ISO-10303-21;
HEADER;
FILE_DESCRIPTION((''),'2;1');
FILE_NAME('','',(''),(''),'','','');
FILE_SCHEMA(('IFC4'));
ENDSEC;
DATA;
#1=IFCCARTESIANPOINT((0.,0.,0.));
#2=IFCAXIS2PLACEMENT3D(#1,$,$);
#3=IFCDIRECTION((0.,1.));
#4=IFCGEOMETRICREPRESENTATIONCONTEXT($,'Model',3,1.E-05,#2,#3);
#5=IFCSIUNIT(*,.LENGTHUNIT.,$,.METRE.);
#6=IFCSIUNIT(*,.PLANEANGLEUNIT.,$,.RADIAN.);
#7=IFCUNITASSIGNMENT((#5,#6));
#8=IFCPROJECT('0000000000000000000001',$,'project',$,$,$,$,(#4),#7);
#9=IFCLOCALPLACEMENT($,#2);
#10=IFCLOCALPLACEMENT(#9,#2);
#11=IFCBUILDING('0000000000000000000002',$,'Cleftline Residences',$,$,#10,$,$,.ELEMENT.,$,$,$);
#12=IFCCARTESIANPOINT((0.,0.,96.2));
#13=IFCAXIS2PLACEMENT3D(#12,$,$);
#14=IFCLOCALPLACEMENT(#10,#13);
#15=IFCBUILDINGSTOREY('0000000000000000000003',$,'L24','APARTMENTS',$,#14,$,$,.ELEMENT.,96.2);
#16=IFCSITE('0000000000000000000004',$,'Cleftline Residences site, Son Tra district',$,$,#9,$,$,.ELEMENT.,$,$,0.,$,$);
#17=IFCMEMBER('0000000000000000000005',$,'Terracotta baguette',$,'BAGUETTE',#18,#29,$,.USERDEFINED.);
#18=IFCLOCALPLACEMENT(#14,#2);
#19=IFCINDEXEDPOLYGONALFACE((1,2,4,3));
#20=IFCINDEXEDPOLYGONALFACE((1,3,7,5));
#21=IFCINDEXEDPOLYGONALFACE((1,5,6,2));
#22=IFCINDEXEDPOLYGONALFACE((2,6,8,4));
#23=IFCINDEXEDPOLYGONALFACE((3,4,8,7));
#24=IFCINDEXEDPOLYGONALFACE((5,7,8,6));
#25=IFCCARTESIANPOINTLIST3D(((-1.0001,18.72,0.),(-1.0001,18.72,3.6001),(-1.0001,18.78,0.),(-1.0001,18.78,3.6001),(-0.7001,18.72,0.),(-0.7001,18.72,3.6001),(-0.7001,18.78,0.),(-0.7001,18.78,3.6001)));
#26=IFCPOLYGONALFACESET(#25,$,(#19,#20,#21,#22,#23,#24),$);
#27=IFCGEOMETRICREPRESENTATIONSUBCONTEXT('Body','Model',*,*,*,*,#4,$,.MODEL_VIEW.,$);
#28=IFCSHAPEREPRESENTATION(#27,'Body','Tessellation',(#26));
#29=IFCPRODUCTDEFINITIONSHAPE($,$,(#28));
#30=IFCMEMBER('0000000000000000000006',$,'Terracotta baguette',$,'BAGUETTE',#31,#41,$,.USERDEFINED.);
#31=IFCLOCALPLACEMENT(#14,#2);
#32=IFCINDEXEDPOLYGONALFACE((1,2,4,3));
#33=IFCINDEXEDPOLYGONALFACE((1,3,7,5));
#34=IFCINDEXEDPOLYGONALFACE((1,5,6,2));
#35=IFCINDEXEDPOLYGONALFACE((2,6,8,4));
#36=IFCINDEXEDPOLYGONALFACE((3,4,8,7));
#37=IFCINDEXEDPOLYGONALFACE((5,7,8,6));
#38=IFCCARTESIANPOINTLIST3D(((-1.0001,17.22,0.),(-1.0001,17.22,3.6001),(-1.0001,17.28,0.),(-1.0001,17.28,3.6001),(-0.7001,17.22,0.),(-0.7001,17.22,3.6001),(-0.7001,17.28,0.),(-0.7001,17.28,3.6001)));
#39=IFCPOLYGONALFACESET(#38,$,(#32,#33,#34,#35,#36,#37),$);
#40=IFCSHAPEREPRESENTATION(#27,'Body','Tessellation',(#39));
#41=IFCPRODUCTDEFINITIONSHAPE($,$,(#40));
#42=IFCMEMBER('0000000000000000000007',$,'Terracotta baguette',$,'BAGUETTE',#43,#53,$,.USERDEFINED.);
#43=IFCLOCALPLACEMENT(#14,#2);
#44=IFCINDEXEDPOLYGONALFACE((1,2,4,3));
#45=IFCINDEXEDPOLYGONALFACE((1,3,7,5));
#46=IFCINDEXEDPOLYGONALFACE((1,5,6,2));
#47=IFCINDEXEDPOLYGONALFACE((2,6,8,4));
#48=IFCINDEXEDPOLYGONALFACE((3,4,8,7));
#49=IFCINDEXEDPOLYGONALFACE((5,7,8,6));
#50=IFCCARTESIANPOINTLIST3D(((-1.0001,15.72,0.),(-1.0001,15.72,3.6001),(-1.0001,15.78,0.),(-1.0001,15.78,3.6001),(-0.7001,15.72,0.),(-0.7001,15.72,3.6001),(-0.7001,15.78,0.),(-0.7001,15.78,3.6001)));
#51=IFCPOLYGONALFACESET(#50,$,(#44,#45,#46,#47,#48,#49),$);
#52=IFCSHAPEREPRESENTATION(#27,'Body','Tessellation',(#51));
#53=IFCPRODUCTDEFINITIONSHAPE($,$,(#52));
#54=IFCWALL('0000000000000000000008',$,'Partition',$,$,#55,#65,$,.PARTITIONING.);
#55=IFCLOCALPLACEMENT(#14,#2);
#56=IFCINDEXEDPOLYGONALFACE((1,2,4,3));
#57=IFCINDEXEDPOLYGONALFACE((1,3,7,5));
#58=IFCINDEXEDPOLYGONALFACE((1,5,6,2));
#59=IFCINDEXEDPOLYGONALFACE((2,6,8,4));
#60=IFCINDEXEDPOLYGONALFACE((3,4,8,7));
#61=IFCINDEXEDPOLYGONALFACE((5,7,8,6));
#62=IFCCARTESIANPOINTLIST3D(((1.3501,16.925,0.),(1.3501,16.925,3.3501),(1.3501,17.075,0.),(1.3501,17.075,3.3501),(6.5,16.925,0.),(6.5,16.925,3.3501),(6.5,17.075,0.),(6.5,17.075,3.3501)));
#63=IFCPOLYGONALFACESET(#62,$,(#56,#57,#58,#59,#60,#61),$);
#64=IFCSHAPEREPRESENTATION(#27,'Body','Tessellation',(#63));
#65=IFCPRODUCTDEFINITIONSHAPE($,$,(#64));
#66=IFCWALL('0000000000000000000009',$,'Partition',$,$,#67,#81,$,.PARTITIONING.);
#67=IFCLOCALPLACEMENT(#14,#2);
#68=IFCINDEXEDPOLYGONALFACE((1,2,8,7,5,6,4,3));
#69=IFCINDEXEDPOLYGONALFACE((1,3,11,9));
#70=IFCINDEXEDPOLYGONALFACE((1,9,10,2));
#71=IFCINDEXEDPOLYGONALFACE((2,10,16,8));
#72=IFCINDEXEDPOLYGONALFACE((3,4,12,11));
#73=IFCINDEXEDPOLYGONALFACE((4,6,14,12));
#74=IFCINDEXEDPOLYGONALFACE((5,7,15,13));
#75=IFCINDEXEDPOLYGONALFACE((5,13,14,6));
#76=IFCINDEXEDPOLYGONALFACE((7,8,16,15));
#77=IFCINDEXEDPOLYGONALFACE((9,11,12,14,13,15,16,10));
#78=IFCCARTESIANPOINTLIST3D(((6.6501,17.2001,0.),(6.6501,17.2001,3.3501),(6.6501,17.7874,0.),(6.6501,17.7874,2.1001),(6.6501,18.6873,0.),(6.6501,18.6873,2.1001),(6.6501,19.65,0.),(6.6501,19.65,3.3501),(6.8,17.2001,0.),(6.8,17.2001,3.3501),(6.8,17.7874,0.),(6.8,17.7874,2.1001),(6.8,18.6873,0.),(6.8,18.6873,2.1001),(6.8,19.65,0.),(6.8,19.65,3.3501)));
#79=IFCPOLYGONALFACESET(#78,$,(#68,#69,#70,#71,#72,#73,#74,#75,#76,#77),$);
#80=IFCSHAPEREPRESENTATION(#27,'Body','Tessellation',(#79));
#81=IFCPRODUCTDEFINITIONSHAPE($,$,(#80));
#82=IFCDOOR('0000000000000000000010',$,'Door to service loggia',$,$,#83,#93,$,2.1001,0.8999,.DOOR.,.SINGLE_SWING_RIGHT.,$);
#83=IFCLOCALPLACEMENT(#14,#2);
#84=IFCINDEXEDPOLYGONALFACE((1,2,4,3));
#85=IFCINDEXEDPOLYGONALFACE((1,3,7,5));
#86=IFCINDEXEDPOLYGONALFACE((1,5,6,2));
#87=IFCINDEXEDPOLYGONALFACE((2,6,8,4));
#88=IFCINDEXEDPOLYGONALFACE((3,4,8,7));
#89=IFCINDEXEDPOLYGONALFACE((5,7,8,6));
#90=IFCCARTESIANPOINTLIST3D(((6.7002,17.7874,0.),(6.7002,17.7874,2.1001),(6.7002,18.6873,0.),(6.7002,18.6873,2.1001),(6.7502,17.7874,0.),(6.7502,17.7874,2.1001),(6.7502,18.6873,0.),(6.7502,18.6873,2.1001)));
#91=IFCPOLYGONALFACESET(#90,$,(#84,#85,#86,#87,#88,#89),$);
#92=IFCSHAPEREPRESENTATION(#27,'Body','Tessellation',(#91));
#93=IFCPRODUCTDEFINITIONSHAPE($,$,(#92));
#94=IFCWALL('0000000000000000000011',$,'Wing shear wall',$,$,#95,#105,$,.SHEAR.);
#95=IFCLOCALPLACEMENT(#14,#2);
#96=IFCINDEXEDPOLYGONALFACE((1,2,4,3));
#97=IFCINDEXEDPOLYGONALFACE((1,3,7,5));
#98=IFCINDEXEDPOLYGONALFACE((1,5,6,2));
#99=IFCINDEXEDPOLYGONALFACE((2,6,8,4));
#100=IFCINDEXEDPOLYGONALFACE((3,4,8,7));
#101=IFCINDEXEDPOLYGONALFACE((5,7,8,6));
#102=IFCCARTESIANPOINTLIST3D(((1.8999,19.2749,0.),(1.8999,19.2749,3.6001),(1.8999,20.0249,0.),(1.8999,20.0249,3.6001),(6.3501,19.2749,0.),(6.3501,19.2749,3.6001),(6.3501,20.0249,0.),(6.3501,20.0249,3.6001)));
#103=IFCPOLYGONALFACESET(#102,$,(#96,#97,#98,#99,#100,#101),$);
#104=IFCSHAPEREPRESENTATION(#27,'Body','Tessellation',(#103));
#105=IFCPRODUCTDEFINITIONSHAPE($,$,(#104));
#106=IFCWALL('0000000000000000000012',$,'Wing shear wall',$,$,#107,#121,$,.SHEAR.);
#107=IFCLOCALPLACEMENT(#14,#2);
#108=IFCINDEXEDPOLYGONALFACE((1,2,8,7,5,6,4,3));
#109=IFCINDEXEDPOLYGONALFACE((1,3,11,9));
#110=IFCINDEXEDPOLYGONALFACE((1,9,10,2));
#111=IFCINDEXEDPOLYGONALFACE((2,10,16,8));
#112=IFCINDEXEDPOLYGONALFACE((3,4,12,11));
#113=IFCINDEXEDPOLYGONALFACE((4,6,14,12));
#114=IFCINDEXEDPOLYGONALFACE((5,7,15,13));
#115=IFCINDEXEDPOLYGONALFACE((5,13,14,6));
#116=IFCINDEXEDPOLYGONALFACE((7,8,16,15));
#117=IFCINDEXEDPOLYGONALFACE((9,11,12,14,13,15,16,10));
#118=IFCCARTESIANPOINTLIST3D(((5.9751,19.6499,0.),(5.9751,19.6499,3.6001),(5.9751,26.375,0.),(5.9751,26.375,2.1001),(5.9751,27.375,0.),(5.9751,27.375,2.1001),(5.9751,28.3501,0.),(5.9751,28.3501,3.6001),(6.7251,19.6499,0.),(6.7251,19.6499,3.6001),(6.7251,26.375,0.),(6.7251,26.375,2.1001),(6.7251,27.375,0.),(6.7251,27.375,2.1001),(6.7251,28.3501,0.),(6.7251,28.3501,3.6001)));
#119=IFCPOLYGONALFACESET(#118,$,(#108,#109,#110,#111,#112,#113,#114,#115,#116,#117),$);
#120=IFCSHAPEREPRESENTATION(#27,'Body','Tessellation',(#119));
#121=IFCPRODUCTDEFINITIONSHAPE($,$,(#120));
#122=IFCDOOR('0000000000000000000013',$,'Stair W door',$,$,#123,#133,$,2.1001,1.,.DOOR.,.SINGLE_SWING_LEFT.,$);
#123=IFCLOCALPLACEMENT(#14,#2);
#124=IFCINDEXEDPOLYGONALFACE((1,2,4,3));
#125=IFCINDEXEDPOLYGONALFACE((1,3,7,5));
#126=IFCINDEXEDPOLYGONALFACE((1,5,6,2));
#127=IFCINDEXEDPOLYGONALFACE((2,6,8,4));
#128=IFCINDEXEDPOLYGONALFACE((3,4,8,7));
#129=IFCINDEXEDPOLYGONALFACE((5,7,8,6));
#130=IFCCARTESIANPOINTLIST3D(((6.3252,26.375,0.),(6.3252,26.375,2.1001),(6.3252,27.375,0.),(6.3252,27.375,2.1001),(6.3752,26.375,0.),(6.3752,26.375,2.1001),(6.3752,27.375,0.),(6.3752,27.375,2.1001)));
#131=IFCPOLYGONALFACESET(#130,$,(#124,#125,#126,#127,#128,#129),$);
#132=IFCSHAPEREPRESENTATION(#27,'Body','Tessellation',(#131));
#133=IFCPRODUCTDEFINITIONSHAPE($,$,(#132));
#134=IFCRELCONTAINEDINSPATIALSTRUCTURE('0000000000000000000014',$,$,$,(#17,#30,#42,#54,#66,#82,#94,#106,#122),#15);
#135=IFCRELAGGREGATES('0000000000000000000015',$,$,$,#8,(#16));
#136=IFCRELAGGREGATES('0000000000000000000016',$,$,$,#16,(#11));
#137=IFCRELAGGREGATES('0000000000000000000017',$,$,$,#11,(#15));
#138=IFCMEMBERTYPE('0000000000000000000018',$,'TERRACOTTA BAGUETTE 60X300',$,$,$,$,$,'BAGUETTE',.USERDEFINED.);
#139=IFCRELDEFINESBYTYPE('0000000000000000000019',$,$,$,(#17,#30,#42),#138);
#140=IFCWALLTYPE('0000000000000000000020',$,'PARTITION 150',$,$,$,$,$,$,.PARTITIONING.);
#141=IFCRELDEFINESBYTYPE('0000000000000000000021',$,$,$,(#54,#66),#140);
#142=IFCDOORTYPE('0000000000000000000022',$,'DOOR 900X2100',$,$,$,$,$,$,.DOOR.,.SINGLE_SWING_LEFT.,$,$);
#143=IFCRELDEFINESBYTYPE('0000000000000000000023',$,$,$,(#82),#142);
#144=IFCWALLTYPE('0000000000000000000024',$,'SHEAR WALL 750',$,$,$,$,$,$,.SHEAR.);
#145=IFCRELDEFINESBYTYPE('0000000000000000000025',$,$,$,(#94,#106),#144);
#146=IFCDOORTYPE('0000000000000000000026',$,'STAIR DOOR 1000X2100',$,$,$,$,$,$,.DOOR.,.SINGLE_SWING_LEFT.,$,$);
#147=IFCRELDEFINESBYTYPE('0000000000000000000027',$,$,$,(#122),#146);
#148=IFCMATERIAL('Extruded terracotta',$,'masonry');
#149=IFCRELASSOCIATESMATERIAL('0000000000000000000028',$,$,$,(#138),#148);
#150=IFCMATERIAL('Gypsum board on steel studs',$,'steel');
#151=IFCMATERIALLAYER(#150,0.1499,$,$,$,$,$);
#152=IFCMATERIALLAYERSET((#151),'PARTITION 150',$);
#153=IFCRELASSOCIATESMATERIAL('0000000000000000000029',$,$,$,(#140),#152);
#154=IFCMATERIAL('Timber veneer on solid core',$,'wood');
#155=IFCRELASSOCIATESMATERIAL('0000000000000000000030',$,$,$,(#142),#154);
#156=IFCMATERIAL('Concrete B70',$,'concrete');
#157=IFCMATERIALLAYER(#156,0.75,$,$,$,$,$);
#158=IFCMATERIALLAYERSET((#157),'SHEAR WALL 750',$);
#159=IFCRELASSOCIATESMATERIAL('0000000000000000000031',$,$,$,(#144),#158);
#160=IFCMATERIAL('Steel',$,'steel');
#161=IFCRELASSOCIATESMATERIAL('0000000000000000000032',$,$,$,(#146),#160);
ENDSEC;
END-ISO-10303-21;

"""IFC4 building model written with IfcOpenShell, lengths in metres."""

from ifc_helpers import new_model, si_unit, direction, frame, frame_2d, origin, origin_2d, place, context, subcontext, project, spatial, rectangle, extrude, material, layer, layer_set, material_profile, profile_set, type_object, element, fill, save


model = new_model("IFC4")

# Units and contexts
model_context = context("Model", 3, precision=1e-05, world=origin(), true_north=direction((0.0, 1.0)))
body_context = subcontext(model_context, "Body", "Model", "MODEL_VIEW")
ifc_project = project(units=[si_unit("LENGTHUNIT", "METRE"), si_unit("PLANEANGLEUNIT", "RADIAN")], contexts=[model_context])

# Site, building, storey
site_placement = place(None, origin())
site = spatial("IfcSite", under=ifc_project, at=site_placement, Name="Cleftline Residences site, Son Tra district", CompositionType="ELEMENT", RefElevation=0.0)
building_placement = place(site_placement, origin())
building = spatial("IfcBuilding", under=site, at=building_placement, Name="Cleftline Residences", CompositionType="ELEMENT")
storey_placement = place(building_placement, frame((0.0, 0.0, 96.2)))
storey = spatial("IfcBuildingStorey", under=building, at=storey_placement, Name="L24", Description="APARTMENTS", CompositionType="ELEMENT", Elevation=96.2)

# Members
ifc_material_1 = material(Name="Extruded terracotta", Category="masonry")
ifc_material_profile_1 = material_profile(ifc_material_1, rectangle(XDim=0.0601, YDim=0.3, at=origin_2d()))
ifc_profile_set_1 = profile_set([ifc_material_profile_1], Name="Extruded terracotta")
member_type_1 = type_object("IfcMemberType", Name="TERRACOTTA BAGUETTE 60X300", ElementType="BAGUETTE", PredefinedType="USERDEFINED", material=ifc_profile_set_1)
for number, where, z_axis, x_axis, name in (
    (1, (-0.8501, 18.75, 0.0), (0.0, 0.0, 1.0), (0.0, 1.0, 0.0), "Terracotta baguette"),
    (2, (-0.8501, 17.25, 0.0), (0.0, 0.0, 1.0), (0.0, 1.0, 0.0), "Terracotta baguette"),
    (3, (-0.8501, 15.75, 0.0), (0.0, 0.0, 1.0), (0.0, 1.0, 0.0), "Terracotta baguette"),
):
    element("IfcMember", number, at=place(storey_placement, frame(where, z_axis=z_axis, x_axis=x_axis)), inside=storey, type_object=member_type_1, Name=name, ObjectType="BAGUETTE", PredefinedType="USERDEFINED", context=body_context, shape_type="SweptSolid", body=[
        extrude(rectangle(XDim=0.0601, YDim=0.3, at=origin_2d()), origin(), (0.0, 0.0, 1.0), 3.6001),
    ])

# Wall
ifc_material_2 = material(Name="Gypsum board on steel studs", Category="steel")
ifc_layer_1 = layer(ifc_material_2, 0.1499)
ifc_layer_set_1 = layer_set([ifc_layer_1], Name="PARTITION 150")
wall_type_1 = type_object("IfcWallType", Name="PARTITION 150", PredefinedType="PARTITIONING", material=ifc_layer_set_1)
wall_1_placement = place(storey_placement, frame((1.3501, 17.0, 0.0), z_axis=(0.0, 0.0, 1.0), x_axis=(1.0, 0.0, 0.0)))
element("IfcWall", 4, at=wall_1_placement, inside=storey, type_object=wall_type_1, Name="Partition", PredefinedType="PARTITIONING", context=body_context, shape_type="SweptSolid", body=[
    extrude(rectangle(XDim=5.1499, YDim=0.1499, at=frame_2d((2.575, 0.0))), origin(), (0.0, 0.0, 1.0), 3.3501),
])

# Wall, opening, door
wall_2_placement = place(storey_placement, frame((6.7251, 17.2, 0.0), z_axis=(0.0, 0.0, 1.0), x_axis=(0.0, 1.0, 0.0)))
wall_2 = element("IfcWall", 5, at=wall_2_placement, inside=storey, type_object=wall_type_1, Name="Partition", PredefinedType="PARTITIONING", context=body_context, shape_type="SweptSolid", body=[
    extrude(rectangle(XDim=2.45, YDim=0.1499, at=frame_2d((1.2251, 0.0))), origin(), (0.0, 0.0, 1.0), 3.3501),
])
opening_1_placement = place(wall_2_placement, frame((0.5874, 0.0, 0.0)))
opening_1 = element("IfcOpeningElement", 6, at=opening_1_placement, cuts=wall_2, PredefinedType="OPENING", context=body_context, shape_type="SweptSolid", body=[
    extrude(rectangle(XDim=0.8999, YDim=2.1001, at=frame_2d((0.45, 1.05))), frame((0.0, 0.085, 0.0), z_axis=(0.0, -1.0, 0.0), x_axis=(1.0, 0.0, 0.0)), (0.0, 0.0, 1.0), 0.1699),
])
ifc_material_3 = material(Name="Timber veneer on solid core", Category="wood")
door_type_1 = type_object("IfcDoorType", Name="DOOR 900X2100", OperationType="SINGLE_SWING_LEFT", PredefinedType="DOOR", material=ifc_material_3)
door_1_placement = place(opening_1_placement, origin())
door_1 = element("IfcDoor", 7, at=door_1_placement, inside=storey, type_object=door_type_1, Name="Door to service loggia", OperationType="SINGLE_SWING_RIGHT", OverallHeight=2.1001, OverallWidth=0.8999, PredefinedType="DOOR", context=body_context, shape_type="SweptSolid", body=[
    extrude(rectangle(XDim=0.8999, YDim=2.1001, at=frame_2d((0.45, 1.05))), frame((0.0, 0.0249, 0.0), z_axis=(0.0, -1.0, 0.0), x_axis=(1.0, 0.0, 0.0)), (0.0, 0.0, 1.0), 0.05),
])
fill(opening_1, door_1)

# Wall
ifc_material_4 = material(Name="Concrete B70", Category="concrete")
ifc_layer_2 = layer(ifc_material_4, 0.75)
ifc_layer_set_2 = layer_set([ifc_layer_2], Name="SHEAR WALL 750")
wall_type_2 = type_object("IfcWallType", Name="SHEAR WALL 750", PredefinedType="SHEAR", material=ifc_layer_set_2)
wall_3_placement = place(storey_placement, frame((1.8999, 19.6499, 0.0), z_axis=(0.0, 0.0, 1.0), x_axis=(1.0, 0.0, 0.0)))
element("IfcWall", 8, at=wall_3_placement, inside=storey, type_object=wall_type_2, Name="Wing shear wall", PredefinedType="SHEAR", context=body_context, shape_type="SweptSolid", body=[
    extrude(rectangle(XDim=4.4502, YDim=0.75, at=frame_2d((2.2251, 0.0))), origin(), (0.0, 0.0, 1.0), 3.6001),
])

# Wall, opening, door
wall_4_placement = place(storey_placement, frame((6.3501, 19.6499, 0.0), z_axis=(0.0, 0.0, 1.0), x_axis=(0.0, 1.0, 0.0)))
wall_4 = element("IfcWall", 9, at=wall_4_placement, inside=storey, type_object=wall_type_2, Name="Wing shear wall", PredefinedType="SHEAR", context=body_context, shape_type="SweptSolid", body=[
    extrude(rectangle(XDim=8.7002, YDim=0.75, at=frame_2d((4.3501, 0.0))), origin(), (0.0, 0.0, 1.0), 3.6001),
])
opening_2_placement = place(wall_4_placement, frame((6.7251, 0.0, 0.0)))
opening_2 = element("IfcOpeningElement", 10, at=opening_2_placement, cuts=wall_4, PredefinedType="OPENING", context=body_context, shape_type="SweptSolid", body=[
    extrude(rectangle(XDim=1.0, YDim=2.1001, at=frame_2d((0.5, 1.05))), frame((0.0, 0.385, 0.0), z_axis=(0.0, -1.0, 0.0), x_axis=(1.0, 0.0, 0.0)), (0.0, 0.0, 1.0), 0.77),
])
ifc_material_5 = material(Name="Steel", Category="steel")
door_type_2 = type_object("IfcDoorType", Name="STAIR DOOR 1000X2100", OperationType="SINGLE_SWING_LEFT", PredefinedType="DOOR", material=ifc_material_5)
door_2_placement = place(opening_2_placement, origin())
door_2 = element("IfcDoor", 11, at=door_2_placement, inside=storey, type_object=door_type_2, Name="Stair W door", OperationType="SINGLE_SWING_LEFT", OverallHeight=2.1001, OverallWidth=1.0, PredefinedType="DOOR", context=body_context, shape_type="SweptSolid", body=[
    extrude(rectangle(XDim=1.0, YDim=2.1001, at=frame_2d((0.5, 1.05))), frame((0.0, 0.0249, 0.0), z_axis=(0.0, -1.0, 0.0), x_axis=(1.0, 0.0, 0.0)), (0.0, 0.0, 1.0), 0.05),
])
fill(opening_2, door_2)

save(model, "model.ifc")
